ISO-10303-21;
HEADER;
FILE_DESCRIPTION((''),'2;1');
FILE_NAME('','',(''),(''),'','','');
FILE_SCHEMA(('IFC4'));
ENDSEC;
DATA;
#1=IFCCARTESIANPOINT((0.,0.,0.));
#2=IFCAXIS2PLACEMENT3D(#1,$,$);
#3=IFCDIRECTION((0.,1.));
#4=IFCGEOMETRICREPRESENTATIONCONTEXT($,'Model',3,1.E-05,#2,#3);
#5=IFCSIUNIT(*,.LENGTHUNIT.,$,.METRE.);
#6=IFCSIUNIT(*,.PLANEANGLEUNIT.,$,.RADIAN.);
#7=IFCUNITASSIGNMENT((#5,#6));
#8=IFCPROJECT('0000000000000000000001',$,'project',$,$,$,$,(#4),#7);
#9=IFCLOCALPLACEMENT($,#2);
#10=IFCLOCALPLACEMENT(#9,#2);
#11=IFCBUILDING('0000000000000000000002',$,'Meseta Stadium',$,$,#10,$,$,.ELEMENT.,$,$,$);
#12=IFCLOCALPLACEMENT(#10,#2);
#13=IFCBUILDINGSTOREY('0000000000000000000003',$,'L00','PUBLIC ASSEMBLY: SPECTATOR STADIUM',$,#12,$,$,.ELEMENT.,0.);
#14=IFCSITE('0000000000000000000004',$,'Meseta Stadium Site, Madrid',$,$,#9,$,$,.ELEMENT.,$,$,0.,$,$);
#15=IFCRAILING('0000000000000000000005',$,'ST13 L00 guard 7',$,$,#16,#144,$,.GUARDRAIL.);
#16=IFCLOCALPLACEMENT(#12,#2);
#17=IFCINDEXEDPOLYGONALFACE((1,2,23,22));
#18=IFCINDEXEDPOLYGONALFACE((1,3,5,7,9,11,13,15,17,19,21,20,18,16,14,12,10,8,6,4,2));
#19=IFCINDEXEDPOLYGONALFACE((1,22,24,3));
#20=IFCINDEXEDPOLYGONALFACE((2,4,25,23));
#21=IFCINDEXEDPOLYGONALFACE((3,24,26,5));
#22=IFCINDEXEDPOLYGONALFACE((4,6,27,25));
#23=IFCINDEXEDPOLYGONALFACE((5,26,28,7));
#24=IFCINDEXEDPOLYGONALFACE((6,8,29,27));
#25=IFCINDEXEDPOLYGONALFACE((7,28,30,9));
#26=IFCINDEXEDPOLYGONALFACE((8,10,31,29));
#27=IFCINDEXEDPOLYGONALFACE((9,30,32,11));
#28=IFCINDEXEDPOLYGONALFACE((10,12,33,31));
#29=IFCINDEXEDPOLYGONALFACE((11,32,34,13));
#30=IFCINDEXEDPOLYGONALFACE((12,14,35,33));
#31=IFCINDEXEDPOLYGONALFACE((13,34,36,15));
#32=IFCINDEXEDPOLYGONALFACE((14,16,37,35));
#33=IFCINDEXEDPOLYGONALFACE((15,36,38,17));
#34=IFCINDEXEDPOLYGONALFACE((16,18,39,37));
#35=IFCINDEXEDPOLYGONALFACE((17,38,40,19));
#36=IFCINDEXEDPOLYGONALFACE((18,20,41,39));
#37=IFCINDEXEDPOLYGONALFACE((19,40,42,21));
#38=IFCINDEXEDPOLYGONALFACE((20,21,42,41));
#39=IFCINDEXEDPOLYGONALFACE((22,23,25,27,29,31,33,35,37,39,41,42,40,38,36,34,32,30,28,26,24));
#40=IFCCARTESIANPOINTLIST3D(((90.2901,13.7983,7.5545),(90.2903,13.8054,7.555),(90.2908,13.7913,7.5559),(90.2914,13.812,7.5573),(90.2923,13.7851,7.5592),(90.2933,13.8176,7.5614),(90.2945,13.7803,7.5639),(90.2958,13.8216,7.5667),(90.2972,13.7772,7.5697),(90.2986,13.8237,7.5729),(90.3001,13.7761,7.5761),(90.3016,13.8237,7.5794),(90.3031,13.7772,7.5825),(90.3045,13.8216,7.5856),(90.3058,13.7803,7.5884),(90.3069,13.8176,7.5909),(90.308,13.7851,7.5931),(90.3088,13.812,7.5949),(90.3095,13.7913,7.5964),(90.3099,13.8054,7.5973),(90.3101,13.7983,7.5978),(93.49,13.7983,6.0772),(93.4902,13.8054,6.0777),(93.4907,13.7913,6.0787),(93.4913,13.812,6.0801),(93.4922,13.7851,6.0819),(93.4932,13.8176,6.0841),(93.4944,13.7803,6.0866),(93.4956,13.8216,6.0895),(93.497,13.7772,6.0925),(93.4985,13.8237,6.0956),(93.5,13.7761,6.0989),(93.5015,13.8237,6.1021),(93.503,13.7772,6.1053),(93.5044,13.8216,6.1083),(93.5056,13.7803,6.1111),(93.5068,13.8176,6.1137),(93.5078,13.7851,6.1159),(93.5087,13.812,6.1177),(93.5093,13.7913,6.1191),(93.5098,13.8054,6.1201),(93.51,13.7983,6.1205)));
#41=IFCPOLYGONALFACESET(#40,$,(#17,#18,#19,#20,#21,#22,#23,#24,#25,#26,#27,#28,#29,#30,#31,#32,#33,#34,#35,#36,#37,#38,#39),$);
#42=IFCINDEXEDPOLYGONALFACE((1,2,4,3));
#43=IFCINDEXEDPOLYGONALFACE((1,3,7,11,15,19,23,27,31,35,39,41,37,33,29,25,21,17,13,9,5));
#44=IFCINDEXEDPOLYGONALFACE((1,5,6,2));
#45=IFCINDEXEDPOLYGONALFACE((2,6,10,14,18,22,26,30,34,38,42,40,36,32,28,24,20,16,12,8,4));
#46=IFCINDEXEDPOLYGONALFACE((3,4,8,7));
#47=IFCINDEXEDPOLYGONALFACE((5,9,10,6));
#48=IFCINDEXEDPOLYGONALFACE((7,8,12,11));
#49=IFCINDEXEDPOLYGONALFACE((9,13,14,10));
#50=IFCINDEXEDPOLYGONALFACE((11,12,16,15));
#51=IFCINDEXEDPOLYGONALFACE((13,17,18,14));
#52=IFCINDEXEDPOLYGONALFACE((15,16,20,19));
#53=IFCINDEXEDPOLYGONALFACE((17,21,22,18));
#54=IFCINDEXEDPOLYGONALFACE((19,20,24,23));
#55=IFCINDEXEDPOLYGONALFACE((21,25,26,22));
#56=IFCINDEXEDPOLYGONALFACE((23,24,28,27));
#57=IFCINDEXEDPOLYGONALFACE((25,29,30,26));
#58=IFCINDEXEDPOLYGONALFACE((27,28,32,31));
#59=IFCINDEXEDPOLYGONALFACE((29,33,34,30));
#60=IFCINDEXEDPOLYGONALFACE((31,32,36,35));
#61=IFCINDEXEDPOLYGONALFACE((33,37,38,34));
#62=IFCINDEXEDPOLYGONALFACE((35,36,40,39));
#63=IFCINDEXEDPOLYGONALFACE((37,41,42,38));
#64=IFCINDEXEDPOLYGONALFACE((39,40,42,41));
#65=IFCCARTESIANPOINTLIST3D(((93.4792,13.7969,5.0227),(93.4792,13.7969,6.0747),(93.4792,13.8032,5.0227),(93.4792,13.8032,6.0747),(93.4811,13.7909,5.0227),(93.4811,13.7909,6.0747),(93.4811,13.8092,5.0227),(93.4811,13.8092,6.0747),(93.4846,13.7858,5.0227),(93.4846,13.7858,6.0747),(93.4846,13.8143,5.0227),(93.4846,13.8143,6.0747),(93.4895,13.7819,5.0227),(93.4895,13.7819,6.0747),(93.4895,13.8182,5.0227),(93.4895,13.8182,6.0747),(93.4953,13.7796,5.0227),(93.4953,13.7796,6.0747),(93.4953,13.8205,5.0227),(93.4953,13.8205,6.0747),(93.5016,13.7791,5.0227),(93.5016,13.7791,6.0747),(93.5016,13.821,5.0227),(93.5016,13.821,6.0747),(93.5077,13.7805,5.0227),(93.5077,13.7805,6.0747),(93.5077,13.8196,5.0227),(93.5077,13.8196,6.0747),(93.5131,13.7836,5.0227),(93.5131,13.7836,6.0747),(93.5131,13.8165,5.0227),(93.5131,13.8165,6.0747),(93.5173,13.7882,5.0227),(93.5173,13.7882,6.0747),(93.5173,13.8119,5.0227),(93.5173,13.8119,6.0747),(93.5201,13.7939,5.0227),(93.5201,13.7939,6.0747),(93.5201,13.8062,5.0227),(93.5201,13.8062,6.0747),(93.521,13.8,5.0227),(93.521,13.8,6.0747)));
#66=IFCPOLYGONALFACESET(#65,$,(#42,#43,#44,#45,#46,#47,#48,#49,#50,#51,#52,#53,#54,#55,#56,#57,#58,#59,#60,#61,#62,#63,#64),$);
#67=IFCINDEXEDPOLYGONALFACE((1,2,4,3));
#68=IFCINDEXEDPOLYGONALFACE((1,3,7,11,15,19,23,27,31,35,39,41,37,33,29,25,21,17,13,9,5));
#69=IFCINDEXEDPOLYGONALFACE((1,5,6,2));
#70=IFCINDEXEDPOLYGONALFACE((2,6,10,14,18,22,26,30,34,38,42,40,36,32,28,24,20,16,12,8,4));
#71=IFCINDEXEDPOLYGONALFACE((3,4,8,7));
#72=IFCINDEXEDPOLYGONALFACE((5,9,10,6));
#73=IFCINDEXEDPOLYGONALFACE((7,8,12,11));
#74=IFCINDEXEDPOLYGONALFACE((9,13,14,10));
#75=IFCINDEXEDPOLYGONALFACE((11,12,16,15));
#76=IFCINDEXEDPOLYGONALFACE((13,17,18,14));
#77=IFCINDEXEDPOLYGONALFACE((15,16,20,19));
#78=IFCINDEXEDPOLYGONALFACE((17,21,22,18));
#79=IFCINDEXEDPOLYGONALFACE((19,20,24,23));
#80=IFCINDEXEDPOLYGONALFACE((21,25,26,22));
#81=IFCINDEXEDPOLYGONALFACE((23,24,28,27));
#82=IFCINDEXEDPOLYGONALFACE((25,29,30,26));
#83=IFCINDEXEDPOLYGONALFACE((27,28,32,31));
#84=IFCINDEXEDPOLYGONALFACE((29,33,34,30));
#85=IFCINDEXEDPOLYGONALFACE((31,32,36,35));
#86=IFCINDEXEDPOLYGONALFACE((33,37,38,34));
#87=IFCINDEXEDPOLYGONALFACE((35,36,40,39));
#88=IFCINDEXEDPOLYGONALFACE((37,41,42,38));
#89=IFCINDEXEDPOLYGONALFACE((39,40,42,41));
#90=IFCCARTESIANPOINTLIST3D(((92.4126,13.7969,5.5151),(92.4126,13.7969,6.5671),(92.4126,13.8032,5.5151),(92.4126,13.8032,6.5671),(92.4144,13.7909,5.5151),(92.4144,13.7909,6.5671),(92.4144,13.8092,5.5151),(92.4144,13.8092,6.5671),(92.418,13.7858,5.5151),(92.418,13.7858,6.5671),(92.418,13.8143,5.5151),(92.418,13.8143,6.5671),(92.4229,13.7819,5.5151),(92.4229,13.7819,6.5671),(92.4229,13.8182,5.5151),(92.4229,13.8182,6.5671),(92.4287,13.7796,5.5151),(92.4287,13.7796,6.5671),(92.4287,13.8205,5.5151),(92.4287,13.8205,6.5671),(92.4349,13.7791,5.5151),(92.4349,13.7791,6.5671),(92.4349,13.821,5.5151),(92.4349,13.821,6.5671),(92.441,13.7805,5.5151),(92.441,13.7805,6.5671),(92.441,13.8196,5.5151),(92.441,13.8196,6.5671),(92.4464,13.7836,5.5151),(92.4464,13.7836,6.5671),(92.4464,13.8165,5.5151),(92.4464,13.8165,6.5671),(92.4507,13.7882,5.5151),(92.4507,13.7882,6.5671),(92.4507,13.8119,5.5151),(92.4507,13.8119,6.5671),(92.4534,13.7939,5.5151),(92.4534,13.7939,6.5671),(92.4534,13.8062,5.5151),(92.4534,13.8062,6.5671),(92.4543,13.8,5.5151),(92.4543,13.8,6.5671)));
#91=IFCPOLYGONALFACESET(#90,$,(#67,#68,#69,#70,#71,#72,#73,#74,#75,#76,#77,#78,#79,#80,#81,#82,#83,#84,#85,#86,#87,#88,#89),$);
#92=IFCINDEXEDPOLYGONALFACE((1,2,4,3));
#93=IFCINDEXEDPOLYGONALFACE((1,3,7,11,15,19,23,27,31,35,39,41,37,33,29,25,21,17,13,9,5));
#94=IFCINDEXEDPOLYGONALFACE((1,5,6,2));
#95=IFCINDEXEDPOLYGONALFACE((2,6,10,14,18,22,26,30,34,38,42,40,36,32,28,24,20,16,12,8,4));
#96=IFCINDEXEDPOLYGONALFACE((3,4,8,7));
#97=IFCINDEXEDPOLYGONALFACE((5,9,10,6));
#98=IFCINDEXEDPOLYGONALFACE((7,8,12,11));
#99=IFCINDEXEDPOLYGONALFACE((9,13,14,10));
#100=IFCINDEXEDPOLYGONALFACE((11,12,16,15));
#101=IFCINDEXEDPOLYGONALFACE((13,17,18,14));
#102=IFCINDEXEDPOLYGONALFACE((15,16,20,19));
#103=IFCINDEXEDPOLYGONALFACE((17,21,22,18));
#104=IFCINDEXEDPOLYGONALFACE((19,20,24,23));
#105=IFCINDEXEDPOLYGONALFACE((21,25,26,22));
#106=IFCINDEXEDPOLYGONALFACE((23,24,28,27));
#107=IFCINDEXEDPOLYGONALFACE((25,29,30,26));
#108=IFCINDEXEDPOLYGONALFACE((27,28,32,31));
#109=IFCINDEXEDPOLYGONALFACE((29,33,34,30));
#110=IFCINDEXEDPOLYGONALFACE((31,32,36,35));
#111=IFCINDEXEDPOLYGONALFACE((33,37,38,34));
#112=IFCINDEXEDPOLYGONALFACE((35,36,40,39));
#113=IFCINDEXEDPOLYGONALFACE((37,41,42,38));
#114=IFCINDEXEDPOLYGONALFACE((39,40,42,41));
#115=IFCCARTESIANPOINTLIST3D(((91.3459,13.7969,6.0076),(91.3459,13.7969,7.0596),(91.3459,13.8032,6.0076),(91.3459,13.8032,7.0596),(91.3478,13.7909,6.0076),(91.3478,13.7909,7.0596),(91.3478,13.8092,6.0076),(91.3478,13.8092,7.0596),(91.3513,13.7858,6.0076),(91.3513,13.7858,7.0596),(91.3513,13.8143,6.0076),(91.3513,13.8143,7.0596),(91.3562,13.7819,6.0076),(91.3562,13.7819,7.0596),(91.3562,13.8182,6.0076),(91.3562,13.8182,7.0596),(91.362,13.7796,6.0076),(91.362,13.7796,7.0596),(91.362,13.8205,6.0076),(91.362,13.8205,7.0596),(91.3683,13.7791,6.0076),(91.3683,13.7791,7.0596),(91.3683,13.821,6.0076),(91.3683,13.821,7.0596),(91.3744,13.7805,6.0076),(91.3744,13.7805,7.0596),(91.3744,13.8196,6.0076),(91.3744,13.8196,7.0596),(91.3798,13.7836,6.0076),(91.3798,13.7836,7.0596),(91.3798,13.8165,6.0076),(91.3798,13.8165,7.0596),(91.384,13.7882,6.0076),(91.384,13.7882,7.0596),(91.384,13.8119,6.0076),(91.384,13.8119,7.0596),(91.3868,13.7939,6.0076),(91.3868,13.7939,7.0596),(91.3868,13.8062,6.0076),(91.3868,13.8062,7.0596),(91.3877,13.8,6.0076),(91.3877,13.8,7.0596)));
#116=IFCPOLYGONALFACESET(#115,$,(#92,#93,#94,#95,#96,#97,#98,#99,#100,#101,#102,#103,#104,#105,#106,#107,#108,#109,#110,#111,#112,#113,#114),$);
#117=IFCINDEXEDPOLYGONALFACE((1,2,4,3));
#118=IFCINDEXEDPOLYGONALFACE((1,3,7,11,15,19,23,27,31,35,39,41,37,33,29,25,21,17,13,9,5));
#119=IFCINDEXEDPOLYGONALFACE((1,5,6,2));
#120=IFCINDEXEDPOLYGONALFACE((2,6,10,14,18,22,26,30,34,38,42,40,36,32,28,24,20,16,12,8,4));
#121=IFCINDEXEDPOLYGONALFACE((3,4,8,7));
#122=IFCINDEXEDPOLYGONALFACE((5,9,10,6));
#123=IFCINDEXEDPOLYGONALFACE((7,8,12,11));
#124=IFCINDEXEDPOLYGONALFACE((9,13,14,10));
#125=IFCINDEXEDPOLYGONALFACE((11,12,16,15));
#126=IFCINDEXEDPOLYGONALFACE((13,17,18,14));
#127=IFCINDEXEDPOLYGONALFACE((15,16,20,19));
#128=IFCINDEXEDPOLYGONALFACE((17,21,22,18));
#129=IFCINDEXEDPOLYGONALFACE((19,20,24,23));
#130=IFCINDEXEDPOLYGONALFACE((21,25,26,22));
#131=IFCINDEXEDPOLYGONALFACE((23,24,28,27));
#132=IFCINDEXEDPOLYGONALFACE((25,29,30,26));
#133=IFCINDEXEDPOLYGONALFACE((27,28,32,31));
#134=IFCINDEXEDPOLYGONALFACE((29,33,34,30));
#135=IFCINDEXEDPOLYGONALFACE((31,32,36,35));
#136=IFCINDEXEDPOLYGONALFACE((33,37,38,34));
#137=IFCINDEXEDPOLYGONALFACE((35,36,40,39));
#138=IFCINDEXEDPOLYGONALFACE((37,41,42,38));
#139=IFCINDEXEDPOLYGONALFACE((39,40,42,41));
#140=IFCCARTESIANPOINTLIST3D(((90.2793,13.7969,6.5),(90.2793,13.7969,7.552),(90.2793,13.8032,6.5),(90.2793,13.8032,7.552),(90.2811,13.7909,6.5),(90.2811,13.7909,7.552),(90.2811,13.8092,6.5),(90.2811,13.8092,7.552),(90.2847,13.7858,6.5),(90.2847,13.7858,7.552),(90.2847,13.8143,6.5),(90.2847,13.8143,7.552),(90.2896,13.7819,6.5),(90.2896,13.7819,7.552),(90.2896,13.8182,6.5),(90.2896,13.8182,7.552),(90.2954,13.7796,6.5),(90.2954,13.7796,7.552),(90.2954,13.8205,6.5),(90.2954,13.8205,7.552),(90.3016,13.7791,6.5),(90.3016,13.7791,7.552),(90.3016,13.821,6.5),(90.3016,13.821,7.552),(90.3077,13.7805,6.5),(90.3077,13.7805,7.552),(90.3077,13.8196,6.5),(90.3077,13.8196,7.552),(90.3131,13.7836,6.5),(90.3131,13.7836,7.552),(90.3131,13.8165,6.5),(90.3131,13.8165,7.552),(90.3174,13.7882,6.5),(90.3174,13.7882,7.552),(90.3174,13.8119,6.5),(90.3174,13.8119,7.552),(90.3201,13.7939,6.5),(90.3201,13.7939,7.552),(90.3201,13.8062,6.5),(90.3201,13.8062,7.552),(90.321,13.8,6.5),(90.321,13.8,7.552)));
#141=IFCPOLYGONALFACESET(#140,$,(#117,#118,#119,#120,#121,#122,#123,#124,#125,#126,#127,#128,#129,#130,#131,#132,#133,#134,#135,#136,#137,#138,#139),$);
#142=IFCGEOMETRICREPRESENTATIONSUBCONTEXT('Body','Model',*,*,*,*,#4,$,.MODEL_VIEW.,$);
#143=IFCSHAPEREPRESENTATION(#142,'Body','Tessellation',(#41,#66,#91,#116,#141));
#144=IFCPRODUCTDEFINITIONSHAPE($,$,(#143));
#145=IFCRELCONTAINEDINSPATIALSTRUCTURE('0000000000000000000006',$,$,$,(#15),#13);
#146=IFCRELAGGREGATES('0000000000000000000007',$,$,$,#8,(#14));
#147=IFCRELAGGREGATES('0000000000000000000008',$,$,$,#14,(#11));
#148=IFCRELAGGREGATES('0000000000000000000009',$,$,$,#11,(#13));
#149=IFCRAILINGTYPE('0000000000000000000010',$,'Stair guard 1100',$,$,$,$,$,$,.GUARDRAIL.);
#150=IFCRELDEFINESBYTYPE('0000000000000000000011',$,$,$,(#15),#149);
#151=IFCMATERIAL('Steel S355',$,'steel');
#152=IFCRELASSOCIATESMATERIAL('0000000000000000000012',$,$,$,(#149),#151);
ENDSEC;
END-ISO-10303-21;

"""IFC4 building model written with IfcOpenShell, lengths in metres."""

from ifc_helpers import new_model, si_unit, direction, frame, origin, origin_2d, place, context, subcontext, project, spatial, circle, extrude, material, type_object, element, save


model = new_model("IFC4")

# Units and contexts
model_context = context("Model", 3, precision=1e-05, world=origin(), true_north=direction((0.0, 1.0)))
body_context = subcontext(model_context, "Body", "Model", "MODEL_VIEW")
ifc_project = project(units=[si_unit("LENGTHUNIT", "METRE"), si_unit("PLANEANGLEUNIT", "RADIAN")], contexts=[model_context])

# Site, building, storey
site_placement = place(None, origin())
site = spatial("IfcSite", under=ifc_project, at=site_placement, Name="Meseta Stadium Site, Madrid", CompositionType="ELEMENT", RefElevation=0.0)
building_placement = place(site_placement, origin())
building = spatial("IfcBuilding", under=site, at=building_placement, Name="Meseta Stadium", CompositionType="ELEMENT")
storey_placement = place(building_placement, origin())
storey = spatial("IfcBuildingStorey", under=building, at=storey_placement, Name="L00", Description="PUBLIC ASSEMBLY: SPECTATOR STADIUM", CompositionType="ELEMENT", Elevation=0.0)

# Railing
ifc_material_1 = material(Name="Steel S355", Category="steel")
railing_type_1 = type_object("IfcRailingType", Name="Stair guard 1100", PredefinedType="GUARDRAIL", material=ifc_material_1)
railing_1_placement = place(storey_placement, frame((93.5, 13.8, 5.0227)))
element("IfcRailing", 1, at=railing_1_placement, inside=storey, type_object=railing_type_1, Name="ST13 L00 guard 7", PredefinedType="GUARDRAIL", context=body_context, shape_type="SweptSolid", body=[
    extrude(circle(Radius=0.0239, at=origin_2d()), frame((0.0, 0.0, 1.0762), z_axis=(-0.907917, 0.0, 0.41915), x_axis=(0.0, -1.0, 0.0)), (0.0, 0.0, 1.0), 3.5244),
    extrude(circle(Radius=0.021, at=origin_2d()), origin(), (0.0, 0.0, 1.0), 1.052),
    extrude(circle(Radius=0.021, at=origin_2d()), frame((-1.0667, 0.0, 0.4924)), (0.0, 0.0, 1.0), 1.052),
    extrude(circle(Radius=0.021, at=origin_2d()), frame((-2.1333, 0.0, 0.9849)), (0.0, 0.0, 1.0), 1.052),
    extrude(circle(Radius=0.021, at=origin_2d()), frame((-3.2, 0.0, 1.4773)), (0.0, 0.0, 1.0), 1.052),
])

save(model, "model.ifc")
